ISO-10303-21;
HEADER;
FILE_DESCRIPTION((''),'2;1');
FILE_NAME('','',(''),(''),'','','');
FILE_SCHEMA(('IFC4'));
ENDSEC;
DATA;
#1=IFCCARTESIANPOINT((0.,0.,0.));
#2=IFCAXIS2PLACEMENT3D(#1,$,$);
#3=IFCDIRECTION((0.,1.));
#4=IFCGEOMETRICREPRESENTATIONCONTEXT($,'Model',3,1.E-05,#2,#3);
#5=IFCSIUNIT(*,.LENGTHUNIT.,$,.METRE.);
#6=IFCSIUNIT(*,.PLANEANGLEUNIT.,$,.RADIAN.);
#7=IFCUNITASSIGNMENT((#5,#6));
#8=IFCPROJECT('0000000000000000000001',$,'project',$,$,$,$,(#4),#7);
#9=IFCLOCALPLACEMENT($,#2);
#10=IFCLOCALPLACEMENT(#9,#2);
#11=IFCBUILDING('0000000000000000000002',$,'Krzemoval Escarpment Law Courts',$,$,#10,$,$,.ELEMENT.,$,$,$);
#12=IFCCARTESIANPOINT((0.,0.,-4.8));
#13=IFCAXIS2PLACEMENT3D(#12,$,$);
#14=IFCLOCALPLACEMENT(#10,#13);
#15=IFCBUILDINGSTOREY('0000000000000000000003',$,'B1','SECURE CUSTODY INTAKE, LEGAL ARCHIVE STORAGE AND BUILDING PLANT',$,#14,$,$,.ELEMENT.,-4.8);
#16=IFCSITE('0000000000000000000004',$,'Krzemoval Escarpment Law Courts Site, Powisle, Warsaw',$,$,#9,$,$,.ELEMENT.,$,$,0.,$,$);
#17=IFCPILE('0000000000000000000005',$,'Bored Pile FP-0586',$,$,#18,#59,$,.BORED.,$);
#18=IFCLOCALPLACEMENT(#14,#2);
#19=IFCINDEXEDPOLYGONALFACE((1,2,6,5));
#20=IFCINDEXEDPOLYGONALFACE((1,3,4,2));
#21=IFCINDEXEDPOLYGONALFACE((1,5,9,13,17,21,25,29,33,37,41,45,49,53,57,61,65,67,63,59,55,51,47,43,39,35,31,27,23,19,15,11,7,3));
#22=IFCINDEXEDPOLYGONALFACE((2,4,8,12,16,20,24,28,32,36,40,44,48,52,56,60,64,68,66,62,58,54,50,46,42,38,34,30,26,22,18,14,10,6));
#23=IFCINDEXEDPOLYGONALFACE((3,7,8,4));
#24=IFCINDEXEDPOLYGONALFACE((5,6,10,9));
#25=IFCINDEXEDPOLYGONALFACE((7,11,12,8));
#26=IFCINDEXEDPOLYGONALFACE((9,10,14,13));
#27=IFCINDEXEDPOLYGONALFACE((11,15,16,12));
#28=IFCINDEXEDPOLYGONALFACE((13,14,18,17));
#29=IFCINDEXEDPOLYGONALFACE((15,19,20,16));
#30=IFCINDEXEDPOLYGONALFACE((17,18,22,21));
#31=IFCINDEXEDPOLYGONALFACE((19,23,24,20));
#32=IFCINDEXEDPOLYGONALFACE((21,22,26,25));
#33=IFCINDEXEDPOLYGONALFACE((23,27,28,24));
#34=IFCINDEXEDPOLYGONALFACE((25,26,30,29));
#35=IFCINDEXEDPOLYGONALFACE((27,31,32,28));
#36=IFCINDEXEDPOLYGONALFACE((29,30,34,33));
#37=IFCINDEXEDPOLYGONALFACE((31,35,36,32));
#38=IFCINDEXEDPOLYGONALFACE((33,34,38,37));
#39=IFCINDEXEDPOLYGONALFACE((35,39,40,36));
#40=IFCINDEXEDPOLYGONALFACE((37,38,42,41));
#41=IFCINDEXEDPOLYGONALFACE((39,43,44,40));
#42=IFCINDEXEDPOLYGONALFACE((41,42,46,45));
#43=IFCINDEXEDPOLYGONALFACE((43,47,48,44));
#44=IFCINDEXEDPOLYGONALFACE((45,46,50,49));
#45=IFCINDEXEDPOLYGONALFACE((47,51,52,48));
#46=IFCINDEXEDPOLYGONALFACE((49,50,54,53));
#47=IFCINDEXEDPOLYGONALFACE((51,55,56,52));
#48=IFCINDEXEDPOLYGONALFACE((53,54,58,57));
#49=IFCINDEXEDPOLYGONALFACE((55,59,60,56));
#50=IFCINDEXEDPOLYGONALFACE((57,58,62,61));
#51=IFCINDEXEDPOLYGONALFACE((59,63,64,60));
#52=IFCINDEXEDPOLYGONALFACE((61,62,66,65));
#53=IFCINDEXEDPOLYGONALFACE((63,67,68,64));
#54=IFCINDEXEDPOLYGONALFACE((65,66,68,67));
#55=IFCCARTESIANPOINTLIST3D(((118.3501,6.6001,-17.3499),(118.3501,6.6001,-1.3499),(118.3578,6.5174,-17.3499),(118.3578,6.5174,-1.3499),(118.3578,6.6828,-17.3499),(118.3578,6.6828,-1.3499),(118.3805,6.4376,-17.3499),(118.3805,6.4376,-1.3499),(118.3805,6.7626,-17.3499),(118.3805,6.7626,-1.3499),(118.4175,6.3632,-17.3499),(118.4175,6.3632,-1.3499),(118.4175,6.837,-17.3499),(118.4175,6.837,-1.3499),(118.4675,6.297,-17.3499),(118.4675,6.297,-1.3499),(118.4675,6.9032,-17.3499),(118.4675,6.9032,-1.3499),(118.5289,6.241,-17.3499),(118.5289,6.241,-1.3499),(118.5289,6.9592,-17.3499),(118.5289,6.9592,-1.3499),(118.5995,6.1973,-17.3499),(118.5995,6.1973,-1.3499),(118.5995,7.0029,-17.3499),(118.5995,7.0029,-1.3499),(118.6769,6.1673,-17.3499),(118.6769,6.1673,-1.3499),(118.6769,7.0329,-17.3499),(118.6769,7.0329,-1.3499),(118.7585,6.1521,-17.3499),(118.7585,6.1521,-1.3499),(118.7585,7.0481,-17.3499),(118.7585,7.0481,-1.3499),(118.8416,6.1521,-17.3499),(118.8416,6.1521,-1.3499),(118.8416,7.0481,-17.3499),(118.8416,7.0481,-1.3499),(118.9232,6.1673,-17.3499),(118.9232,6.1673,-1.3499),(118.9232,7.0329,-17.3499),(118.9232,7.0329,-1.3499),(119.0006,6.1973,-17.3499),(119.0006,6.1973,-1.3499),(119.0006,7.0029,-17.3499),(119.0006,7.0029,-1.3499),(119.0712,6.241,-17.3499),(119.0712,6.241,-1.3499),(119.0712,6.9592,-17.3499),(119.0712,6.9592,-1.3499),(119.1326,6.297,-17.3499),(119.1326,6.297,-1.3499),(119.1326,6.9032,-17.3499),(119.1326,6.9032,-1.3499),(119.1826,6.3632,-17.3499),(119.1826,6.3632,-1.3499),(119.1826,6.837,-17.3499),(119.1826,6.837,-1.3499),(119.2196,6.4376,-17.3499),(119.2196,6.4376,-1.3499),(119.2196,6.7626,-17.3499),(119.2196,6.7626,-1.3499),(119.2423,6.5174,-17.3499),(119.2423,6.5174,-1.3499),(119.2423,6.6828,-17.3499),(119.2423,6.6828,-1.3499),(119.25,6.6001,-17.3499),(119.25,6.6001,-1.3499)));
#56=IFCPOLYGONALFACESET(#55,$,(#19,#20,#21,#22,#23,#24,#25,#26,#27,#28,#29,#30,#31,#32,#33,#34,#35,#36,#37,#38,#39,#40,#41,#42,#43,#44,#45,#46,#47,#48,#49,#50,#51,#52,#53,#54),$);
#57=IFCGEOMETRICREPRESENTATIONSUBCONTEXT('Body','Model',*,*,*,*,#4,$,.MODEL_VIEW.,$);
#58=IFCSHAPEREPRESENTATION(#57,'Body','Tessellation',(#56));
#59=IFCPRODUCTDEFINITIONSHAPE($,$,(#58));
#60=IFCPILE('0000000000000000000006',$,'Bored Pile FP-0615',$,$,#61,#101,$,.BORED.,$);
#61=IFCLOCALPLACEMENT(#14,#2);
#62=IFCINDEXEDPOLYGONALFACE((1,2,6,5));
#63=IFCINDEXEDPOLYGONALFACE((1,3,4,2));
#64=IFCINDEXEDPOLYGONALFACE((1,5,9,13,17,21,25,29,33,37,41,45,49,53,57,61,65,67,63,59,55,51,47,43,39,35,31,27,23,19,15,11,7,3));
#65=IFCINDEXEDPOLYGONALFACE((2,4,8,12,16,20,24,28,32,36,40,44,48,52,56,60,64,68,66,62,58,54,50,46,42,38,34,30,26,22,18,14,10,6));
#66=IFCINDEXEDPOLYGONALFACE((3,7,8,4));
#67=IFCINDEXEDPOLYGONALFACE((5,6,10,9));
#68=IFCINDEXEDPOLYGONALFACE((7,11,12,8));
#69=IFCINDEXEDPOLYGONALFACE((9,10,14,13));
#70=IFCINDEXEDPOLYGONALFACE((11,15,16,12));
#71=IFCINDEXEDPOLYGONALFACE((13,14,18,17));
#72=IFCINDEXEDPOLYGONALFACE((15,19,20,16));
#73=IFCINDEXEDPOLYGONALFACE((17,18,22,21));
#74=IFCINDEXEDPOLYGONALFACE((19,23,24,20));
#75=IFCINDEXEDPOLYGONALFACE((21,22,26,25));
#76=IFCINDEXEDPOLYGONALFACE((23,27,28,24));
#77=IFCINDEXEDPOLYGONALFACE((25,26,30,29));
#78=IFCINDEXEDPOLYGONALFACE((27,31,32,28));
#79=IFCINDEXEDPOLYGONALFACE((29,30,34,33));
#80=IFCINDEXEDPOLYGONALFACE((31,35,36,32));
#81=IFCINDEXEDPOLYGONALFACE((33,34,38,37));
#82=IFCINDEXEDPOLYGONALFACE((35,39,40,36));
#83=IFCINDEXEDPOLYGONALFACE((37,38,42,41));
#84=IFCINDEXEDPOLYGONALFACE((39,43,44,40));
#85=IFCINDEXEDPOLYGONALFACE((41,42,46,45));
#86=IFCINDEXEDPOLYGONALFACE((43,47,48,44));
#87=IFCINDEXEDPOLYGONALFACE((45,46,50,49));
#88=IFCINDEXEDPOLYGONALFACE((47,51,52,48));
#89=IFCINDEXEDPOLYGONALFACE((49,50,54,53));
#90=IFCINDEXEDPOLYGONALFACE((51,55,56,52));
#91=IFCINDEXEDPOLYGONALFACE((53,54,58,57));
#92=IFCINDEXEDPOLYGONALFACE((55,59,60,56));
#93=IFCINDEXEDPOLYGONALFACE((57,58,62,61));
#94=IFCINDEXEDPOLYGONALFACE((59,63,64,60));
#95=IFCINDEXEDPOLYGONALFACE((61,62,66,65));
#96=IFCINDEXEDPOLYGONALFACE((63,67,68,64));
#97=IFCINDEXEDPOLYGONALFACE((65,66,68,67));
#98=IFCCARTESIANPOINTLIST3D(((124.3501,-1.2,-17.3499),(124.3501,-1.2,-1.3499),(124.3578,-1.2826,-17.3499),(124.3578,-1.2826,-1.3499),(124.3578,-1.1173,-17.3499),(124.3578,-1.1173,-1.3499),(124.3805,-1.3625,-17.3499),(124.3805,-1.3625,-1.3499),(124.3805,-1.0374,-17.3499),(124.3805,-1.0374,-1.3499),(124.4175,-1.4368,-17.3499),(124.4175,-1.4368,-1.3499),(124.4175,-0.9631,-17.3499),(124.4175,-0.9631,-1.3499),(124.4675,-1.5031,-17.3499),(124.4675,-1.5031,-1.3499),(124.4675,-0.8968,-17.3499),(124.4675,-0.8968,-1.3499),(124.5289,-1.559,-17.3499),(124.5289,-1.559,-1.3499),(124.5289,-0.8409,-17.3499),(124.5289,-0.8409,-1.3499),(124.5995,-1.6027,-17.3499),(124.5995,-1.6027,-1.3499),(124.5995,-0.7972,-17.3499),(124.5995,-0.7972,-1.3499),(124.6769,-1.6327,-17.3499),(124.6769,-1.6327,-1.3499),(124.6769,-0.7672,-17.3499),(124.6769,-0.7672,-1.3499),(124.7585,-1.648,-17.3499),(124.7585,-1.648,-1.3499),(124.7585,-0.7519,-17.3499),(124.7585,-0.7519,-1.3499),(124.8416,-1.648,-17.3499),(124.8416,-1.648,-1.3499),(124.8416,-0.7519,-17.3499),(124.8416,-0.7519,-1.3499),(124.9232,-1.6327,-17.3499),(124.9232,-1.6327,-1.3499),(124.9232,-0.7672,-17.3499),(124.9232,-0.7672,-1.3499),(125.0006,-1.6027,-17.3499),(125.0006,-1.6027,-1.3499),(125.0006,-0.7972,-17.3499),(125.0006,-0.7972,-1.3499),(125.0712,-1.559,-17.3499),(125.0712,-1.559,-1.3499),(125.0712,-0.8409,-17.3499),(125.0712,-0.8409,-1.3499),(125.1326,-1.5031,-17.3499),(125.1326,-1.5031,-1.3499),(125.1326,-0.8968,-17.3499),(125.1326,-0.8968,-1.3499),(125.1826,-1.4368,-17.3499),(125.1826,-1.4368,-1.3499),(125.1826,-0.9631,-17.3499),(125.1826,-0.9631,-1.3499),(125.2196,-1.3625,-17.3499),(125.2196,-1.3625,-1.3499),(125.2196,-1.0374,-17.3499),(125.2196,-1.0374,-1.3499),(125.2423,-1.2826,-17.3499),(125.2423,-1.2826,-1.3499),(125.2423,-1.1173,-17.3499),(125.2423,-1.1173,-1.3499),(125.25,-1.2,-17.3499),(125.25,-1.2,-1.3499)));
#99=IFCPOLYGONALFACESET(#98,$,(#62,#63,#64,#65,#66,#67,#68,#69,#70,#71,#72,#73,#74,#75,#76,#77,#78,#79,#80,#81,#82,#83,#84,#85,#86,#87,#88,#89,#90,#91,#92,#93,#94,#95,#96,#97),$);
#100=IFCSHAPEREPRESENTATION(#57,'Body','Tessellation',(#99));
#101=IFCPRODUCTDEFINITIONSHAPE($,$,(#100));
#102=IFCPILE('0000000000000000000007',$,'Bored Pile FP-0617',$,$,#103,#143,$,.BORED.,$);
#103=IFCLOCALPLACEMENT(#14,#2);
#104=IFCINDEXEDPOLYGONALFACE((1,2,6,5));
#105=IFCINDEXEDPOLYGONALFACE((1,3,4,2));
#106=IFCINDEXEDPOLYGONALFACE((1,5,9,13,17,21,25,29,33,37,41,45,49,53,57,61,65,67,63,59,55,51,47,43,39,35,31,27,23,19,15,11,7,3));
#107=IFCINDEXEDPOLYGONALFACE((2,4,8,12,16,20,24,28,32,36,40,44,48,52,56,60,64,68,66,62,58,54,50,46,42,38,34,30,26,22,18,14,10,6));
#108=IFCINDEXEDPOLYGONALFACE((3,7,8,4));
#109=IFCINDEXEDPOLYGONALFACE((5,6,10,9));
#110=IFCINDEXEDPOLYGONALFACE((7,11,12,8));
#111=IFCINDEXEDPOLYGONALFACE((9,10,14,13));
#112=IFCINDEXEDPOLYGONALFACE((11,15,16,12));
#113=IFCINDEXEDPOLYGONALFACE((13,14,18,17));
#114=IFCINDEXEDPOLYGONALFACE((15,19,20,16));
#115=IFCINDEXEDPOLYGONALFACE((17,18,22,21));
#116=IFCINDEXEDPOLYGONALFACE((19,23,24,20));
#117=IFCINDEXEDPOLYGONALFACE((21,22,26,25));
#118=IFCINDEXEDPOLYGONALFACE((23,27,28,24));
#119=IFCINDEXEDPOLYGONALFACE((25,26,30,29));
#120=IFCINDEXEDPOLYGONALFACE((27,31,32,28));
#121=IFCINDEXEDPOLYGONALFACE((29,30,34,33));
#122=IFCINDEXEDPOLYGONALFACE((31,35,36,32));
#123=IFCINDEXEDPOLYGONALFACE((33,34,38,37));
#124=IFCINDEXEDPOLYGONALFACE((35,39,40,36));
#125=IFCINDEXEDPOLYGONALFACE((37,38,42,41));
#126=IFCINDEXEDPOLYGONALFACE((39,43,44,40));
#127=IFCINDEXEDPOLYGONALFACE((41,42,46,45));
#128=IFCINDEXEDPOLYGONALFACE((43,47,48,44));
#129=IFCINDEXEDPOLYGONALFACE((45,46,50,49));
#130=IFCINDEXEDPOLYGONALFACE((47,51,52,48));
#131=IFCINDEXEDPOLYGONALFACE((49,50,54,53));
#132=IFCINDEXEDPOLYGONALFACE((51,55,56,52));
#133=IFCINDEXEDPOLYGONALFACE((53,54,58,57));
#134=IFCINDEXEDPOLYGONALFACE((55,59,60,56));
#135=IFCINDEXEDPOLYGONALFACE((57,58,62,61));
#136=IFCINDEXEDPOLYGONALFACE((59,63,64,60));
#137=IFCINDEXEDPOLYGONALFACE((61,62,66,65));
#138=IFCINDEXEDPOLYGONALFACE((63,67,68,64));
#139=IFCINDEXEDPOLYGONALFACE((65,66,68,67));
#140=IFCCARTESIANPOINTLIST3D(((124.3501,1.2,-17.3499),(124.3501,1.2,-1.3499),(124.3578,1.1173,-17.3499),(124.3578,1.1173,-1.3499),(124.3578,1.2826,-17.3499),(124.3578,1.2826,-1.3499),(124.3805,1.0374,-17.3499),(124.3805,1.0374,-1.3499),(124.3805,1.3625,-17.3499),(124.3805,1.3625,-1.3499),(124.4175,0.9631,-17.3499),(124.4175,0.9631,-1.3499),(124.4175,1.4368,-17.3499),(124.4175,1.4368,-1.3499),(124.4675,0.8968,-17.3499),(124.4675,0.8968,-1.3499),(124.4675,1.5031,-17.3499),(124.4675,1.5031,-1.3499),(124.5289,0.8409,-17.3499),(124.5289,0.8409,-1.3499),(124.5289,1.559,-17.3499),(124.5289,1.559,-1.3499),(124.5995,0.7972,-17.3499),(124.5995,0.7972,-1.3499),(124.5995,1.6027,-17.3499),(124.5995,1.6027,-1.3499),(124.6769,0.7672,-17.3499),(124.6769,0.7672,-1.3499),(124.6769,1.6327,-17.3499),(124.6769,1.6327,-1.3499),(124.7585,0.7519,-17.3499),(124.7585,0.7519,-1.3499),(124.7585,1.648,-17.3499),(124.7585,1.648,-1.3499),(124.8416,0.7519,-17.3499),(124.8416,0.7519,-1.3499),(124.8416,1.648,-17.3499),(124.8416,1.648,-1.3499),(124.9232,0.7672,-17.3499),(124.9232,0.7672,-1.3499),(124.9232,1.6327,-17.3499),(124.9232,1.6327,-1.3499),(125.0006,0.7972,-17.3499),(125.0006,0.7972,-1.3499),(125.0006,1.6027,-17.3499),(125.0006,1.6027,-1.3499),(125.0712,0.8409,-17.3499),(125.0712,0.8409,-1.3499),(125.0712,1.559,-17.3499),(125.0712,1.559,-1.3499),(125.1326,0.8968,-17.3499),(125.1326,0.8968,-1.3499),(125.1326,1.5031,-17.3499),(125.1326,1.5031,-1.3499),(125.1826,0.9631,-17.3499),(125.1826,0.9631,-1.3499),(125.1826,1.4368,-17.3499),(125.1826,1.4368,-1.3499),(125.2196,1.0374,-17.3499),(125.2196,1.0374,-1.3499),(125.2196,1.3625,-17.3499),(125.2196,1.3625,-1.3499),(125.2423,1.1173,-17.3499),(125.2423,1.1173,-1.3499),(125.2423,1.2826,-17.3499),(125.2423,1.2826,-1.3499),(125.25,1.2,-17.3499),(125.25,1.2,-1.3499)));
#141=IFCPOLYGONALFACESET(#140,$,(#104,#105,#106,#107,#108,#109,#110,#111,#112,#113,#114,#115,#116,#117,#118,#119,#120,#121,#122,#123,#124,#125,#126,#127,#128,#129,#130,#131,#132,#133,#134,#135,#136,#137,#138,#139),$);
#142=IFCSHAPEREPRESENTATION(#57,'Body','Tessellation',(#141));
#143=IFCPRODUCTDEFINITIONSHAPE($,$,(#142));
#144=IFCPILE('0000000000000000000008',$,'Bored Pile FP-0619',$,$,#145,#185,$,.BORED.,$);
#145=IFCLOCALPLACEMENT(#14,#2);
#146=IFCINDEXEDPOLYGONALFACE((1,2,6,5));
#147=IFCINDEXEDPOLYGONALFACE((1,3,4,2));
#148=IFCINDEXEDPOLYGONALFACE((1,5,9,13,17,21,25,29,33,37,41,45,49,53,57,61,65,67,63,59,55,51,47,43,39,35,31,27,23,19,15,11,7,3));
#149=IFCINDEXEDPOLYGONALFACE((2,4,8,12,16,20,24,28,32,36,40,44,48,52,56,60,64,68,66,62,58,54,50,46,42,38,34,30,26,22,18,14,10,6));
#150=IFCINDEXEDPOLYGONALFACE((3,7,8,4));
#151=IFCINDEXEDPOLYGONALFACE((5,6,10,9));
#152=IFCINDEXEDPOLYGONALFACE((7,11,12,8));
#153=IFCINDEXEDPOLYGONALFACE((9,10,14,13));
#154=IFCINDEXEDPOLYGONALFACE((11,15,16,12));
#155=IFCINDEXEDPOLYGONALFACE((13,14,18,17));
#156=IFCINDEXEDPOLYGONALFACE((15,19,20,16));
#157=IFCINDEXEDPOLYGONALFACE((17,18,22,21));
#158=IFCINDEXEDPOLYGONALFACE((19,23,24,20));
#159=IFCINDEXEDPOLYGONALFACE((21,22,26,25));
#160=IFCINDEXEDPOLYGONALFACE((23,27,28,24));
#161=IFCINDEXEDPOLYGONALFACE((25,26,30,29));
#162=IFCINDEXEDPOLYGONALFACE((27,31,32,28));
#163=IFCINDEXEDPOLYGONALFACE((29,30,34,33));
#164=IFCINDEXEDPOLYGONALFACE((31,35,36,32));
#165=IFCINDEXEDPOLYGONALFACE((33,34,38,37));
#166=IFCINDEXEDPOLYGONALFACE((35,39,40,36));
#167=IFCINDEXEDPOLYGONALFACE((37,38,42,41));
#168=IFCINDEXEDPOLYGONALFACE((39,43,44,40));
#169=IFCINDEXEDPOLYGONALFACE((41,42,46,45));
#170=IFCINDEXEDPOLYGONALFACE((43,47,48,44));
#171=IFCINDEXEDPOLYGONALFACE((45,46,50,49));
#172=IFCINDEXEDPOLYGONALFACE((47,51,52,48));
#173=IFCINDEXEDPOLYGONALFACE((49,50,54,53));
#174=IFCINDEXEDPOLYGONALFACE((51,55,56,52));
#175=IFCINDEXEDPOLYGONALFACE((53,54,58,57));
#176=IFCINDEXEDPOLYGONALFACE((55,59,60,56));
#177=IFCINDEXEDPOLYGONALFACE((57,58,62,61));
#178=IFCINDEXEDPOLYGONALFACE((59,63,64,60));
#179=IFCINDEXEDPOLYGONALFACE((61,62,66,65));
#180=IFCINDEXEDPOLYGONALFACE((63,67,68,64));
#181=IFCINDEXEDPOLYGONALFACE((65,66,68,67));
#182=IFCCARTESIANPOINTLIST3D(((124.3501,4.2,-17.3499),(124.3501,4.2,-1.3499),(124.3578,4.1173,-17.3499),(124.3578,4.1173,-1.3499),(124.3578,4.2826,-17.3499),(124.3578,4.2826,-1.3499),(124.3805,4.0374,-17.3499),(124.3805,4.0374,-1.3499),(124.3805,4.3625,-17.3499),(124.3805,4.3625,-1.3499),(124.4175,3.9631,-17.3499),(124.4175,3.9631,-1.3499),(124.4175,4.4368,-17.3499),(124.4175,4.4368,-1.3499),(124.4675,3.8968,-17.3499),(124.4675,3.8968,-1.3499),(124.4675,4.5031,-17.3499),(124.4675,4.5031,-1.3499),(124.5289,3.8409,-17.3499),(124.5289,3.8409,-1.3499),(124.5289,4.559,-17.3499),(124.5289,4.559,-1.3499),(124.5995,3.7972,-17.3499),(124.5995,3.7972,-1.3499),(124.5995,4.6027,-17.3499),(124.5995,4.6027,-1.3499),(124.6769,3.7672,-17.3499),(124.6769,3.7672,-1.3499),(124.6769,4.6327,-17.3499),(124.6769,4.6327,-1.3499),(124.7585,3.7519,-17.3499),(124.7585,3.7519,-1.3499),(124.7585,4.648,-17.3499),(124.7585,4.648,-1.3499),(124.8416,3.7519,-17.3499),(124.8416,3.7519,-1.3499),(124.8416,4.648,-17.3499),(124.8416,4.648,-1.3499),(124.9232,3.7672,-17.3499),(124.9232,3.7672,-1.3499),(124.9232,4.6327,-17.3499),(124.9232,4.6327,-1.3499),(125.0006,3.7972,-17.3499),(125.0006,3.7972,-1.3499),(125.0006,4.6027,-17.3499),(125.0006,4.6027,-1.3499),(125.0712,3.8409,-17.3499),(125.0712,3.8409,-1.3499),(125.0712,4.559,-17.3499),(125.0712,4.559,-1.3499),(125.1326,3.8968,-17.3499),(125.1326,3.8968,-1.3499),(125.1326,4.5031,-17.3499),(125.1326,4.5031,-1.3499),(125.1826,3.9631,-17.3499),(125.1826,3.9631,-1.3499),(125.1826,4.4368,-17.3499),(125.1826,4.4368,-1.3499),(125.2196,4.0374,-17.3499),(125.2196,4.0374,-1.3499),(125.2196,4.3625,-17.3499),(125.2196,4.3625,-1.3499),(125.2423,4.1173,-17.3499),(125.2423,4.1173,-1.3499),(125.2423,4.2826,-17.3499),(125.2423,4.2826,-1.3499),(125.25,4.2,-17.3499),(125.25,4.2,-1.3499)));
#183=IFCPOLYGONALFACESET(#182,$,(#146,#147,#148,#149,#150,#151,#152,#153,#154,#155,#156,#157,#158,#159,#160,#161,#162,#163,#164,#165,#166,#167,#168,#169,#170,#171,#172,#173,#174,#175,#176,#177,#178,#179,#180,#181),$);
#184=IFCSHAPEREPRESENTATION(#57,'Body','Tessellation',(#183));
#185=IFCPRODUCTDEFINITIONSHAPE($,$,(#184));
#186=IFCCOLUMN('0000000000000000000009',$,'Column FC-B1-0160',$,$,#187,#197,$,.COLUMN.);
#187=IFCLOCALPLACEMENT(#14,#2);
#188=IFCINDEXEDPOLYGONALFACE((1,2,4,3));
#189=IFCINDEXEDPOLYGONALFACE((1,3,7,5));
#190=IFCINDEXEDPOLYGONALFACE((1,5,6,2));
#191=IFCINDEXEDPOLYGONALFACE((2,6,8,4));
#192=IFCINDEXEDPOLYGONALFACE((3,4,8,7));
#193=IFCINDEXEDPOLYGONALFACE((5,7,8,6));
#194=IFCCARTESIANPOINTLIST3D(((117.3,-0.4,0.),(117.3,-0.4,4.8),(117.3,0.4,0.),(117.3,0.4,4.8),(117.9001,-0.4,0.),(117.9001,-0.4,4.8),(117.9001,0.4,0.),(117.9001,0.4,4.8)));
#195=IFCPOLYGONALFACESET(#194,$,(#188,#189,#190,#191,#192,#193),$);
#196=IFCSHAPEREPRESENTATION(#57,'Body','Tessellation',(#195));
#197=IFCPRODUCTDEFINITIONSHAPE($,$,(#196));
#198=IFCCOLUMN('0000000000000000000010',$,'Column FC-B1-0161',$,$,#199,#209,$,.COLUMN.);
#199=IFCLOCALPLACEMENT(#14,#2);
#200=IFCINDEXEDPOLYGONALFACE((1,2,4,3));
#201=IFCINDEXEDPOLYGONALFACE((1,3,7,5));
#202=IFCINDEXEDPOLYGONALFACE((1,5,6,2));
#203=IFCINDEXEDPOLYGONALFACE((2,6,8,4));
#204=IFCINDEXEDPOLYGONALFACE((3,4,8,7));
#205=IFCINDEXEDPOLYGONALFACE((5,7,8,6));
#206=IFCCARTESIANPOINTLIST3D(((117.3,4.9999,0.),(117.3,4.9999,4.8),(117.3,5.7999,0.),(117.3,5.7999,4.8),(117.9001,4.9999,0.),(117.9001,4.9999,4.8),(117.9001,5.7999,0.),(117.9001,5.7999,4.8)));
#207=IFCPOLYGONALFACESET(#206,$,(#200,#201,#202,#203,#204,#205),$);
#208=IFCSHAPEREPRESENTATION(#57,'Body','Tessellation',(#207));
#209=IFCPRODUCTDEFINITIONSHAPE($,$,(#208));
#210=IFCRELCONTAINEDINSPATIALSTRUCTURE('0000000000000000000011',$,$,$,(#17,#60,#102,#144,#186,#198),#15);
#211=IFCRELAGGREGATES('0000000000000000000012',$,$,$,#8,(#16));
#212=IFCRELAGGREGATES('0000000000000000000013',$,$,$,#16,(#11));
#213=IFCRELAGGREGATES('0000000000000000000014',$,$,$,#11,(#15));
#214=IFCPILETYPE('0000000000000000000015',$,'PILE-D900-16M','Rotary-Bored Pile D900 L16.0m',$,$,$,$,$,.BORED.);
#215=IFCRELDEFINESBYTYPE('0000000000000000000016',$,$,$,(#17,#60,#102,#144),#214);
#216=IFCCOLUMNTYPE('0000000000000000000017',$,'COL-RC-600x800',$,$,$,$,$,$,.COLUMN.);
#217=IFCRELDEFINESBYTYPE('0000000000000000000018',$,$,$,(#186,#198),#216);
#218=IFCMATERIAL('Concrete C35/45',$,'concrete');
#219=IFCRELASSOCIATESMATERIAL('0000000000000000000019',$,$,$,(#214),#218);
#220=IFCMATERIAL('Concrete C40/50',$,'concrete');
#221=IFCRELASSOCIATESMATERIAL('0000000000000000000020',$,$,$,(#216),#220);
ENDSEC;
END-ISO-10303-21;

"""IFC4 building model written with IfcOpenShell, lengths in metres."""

from ifc_helpers import new_model, si_unit, direction, frame, origin, origin_2d, place, context, subcontext, project, spatial, rectangle, circle, extrude, material, material_profile, profile_set, type_object, element, save


model = new_model("IFC4")

# Units and contexts
model_context = context("Model", 3, precision=1e-05, world=origin(), true_north=direction((0.0, 1.0)))
body_context = subcontext(model_context, "Body", "Model", "MODEL_VIEW")
ifc_project = project(units=[si_unit("LENGTHUNIT", "METRE"), si_unit("PLANEANGLEUNIT", "RADIAN")], contexts=[model_context])

# Site, building, storey
site_placement = place(None, origin())
site = spatial("IfcSite", under=ifc_project, at=site_placement, Name="Krzemoval Escarpment Law Courts Site, Powisle, Warsaw", CompositionType="ELEMENT", RefElevation=0.0)
building_placement = place(site_placement, origin())
building = spatial("IfcBuilding", under=site, at=building_placement, Name="Krzemoval Escarpment Law Courts", CompositionType="ELEMENT")
storey_placement = place(building_placement, frame((0.0, 0.0, -4.8)))
storey = spatial("IfcBuildingStorey", under=building, at=storey_placement, Name="B1", Description="SECURE CUSTODY INTAKE, LEGAL ARCHIVE STORAGE AND BUILDING PLANT", CompositionType="ELEMENT", Elevation=-4.8)

# Piles
ifc_material_1 = material(Name="Concrete C35/45", Category="concrete")
ifc_material_profile_1 = material_profile(ifc_material_1, circle(Radius=0.45, at=origin_2d()), Name="PILE D900")
ifc_profile_set_1 = profile_set([ifc_material_profile_1], Name="Concrete C35/45")
pile_type = type_object("IfcPileType", Name="PILE-D900-16M", Description="Rotary-Bored Pile D900 L16.0m", PredefinedType="BORED", material=ifc_profile_set_1)
for number, where, z_axis, x_axis, name in (
    (1, (118.8, 6.6001, -1.3499), (0.0, 0.0, -1.0), (1.0, 0.0, 0.0), "Bored Pile FP-0586"),
    (2, (124.8, -1.2, -1.3499), (0.0, 0.0, -1.0), (1.0, 0.0, 0.0), "Bored Pile FP-0615"),
    (3, (124.8, 1.2, -1.3499), (0.0, 0.0, -1.0), (1.0, 0.0, 0.0), "Bored Pile FP-0617"),
    (4, (124.8, 4.2, -1.3499), (0.0, 0.0, -1.0), (1.0, 0.0, 0.0), "Bored Pile FP-0619"),
):
    element("IfcPile", number, at=place(storey_placement, frame(where, z_axis=z_axis, x_axis=x_axis)), inside=storey, type_object=pile_type, Name=name, PredefinedType="BORED", context=body_context, shape_type="SweptSolid", body=[
        extrude(circle(Radius=0.45, at=origin_2d()), origin(), (0.0, 0.0, 1.0), 16.0),
    ])

# Columns
ifc_material_2 = material(Name="Concrete C40/50", Category="concrete")
ifc_material_profile_2 = material_profile(ifc_material_2, rectangle(XDim=0.6001, YDim=0.8, at=origin_2d()), Name="RC 600x800")
ifc_profile_set_2 = profile_set([ifc_material_profile_2], Name="Concrete C40/50")
column_type = type_object("IfcColumnType", Name="COL-RC-600x800", PredefinedType="COLUMN", material=ifc_profile_set_2)
for number, where, z_axis, x_axis, name in (
    (5, (117.6001, 0.0, 0.0), (0.0, 0.0, 1.0), (1.0, 0.0, 0.0), "Column FC-B1-0160"),
    (6, (117.6001, 5.3999, 0.0), (0.0, 0.0, 1.0), (1.0, 0.0, 0.0), "Column FC-B1-0161"),
):
    element("IfcColumn", number, at=place(storey_placement, frame(where, z_axis=z_axis, x_axis=x_axis)), inside=storey, type_object=column_type, Name=name, PredefinedType="COLUMN", context=body_context, shape_type="SweptSolid", body=[
        extrude(rectangle(XDim=0.6001, YDim=0.8, at=origin_2d()), origin(), (0.0, 0.0, 1.0), 4.8),
    ])

save(model, "model.ifc")
